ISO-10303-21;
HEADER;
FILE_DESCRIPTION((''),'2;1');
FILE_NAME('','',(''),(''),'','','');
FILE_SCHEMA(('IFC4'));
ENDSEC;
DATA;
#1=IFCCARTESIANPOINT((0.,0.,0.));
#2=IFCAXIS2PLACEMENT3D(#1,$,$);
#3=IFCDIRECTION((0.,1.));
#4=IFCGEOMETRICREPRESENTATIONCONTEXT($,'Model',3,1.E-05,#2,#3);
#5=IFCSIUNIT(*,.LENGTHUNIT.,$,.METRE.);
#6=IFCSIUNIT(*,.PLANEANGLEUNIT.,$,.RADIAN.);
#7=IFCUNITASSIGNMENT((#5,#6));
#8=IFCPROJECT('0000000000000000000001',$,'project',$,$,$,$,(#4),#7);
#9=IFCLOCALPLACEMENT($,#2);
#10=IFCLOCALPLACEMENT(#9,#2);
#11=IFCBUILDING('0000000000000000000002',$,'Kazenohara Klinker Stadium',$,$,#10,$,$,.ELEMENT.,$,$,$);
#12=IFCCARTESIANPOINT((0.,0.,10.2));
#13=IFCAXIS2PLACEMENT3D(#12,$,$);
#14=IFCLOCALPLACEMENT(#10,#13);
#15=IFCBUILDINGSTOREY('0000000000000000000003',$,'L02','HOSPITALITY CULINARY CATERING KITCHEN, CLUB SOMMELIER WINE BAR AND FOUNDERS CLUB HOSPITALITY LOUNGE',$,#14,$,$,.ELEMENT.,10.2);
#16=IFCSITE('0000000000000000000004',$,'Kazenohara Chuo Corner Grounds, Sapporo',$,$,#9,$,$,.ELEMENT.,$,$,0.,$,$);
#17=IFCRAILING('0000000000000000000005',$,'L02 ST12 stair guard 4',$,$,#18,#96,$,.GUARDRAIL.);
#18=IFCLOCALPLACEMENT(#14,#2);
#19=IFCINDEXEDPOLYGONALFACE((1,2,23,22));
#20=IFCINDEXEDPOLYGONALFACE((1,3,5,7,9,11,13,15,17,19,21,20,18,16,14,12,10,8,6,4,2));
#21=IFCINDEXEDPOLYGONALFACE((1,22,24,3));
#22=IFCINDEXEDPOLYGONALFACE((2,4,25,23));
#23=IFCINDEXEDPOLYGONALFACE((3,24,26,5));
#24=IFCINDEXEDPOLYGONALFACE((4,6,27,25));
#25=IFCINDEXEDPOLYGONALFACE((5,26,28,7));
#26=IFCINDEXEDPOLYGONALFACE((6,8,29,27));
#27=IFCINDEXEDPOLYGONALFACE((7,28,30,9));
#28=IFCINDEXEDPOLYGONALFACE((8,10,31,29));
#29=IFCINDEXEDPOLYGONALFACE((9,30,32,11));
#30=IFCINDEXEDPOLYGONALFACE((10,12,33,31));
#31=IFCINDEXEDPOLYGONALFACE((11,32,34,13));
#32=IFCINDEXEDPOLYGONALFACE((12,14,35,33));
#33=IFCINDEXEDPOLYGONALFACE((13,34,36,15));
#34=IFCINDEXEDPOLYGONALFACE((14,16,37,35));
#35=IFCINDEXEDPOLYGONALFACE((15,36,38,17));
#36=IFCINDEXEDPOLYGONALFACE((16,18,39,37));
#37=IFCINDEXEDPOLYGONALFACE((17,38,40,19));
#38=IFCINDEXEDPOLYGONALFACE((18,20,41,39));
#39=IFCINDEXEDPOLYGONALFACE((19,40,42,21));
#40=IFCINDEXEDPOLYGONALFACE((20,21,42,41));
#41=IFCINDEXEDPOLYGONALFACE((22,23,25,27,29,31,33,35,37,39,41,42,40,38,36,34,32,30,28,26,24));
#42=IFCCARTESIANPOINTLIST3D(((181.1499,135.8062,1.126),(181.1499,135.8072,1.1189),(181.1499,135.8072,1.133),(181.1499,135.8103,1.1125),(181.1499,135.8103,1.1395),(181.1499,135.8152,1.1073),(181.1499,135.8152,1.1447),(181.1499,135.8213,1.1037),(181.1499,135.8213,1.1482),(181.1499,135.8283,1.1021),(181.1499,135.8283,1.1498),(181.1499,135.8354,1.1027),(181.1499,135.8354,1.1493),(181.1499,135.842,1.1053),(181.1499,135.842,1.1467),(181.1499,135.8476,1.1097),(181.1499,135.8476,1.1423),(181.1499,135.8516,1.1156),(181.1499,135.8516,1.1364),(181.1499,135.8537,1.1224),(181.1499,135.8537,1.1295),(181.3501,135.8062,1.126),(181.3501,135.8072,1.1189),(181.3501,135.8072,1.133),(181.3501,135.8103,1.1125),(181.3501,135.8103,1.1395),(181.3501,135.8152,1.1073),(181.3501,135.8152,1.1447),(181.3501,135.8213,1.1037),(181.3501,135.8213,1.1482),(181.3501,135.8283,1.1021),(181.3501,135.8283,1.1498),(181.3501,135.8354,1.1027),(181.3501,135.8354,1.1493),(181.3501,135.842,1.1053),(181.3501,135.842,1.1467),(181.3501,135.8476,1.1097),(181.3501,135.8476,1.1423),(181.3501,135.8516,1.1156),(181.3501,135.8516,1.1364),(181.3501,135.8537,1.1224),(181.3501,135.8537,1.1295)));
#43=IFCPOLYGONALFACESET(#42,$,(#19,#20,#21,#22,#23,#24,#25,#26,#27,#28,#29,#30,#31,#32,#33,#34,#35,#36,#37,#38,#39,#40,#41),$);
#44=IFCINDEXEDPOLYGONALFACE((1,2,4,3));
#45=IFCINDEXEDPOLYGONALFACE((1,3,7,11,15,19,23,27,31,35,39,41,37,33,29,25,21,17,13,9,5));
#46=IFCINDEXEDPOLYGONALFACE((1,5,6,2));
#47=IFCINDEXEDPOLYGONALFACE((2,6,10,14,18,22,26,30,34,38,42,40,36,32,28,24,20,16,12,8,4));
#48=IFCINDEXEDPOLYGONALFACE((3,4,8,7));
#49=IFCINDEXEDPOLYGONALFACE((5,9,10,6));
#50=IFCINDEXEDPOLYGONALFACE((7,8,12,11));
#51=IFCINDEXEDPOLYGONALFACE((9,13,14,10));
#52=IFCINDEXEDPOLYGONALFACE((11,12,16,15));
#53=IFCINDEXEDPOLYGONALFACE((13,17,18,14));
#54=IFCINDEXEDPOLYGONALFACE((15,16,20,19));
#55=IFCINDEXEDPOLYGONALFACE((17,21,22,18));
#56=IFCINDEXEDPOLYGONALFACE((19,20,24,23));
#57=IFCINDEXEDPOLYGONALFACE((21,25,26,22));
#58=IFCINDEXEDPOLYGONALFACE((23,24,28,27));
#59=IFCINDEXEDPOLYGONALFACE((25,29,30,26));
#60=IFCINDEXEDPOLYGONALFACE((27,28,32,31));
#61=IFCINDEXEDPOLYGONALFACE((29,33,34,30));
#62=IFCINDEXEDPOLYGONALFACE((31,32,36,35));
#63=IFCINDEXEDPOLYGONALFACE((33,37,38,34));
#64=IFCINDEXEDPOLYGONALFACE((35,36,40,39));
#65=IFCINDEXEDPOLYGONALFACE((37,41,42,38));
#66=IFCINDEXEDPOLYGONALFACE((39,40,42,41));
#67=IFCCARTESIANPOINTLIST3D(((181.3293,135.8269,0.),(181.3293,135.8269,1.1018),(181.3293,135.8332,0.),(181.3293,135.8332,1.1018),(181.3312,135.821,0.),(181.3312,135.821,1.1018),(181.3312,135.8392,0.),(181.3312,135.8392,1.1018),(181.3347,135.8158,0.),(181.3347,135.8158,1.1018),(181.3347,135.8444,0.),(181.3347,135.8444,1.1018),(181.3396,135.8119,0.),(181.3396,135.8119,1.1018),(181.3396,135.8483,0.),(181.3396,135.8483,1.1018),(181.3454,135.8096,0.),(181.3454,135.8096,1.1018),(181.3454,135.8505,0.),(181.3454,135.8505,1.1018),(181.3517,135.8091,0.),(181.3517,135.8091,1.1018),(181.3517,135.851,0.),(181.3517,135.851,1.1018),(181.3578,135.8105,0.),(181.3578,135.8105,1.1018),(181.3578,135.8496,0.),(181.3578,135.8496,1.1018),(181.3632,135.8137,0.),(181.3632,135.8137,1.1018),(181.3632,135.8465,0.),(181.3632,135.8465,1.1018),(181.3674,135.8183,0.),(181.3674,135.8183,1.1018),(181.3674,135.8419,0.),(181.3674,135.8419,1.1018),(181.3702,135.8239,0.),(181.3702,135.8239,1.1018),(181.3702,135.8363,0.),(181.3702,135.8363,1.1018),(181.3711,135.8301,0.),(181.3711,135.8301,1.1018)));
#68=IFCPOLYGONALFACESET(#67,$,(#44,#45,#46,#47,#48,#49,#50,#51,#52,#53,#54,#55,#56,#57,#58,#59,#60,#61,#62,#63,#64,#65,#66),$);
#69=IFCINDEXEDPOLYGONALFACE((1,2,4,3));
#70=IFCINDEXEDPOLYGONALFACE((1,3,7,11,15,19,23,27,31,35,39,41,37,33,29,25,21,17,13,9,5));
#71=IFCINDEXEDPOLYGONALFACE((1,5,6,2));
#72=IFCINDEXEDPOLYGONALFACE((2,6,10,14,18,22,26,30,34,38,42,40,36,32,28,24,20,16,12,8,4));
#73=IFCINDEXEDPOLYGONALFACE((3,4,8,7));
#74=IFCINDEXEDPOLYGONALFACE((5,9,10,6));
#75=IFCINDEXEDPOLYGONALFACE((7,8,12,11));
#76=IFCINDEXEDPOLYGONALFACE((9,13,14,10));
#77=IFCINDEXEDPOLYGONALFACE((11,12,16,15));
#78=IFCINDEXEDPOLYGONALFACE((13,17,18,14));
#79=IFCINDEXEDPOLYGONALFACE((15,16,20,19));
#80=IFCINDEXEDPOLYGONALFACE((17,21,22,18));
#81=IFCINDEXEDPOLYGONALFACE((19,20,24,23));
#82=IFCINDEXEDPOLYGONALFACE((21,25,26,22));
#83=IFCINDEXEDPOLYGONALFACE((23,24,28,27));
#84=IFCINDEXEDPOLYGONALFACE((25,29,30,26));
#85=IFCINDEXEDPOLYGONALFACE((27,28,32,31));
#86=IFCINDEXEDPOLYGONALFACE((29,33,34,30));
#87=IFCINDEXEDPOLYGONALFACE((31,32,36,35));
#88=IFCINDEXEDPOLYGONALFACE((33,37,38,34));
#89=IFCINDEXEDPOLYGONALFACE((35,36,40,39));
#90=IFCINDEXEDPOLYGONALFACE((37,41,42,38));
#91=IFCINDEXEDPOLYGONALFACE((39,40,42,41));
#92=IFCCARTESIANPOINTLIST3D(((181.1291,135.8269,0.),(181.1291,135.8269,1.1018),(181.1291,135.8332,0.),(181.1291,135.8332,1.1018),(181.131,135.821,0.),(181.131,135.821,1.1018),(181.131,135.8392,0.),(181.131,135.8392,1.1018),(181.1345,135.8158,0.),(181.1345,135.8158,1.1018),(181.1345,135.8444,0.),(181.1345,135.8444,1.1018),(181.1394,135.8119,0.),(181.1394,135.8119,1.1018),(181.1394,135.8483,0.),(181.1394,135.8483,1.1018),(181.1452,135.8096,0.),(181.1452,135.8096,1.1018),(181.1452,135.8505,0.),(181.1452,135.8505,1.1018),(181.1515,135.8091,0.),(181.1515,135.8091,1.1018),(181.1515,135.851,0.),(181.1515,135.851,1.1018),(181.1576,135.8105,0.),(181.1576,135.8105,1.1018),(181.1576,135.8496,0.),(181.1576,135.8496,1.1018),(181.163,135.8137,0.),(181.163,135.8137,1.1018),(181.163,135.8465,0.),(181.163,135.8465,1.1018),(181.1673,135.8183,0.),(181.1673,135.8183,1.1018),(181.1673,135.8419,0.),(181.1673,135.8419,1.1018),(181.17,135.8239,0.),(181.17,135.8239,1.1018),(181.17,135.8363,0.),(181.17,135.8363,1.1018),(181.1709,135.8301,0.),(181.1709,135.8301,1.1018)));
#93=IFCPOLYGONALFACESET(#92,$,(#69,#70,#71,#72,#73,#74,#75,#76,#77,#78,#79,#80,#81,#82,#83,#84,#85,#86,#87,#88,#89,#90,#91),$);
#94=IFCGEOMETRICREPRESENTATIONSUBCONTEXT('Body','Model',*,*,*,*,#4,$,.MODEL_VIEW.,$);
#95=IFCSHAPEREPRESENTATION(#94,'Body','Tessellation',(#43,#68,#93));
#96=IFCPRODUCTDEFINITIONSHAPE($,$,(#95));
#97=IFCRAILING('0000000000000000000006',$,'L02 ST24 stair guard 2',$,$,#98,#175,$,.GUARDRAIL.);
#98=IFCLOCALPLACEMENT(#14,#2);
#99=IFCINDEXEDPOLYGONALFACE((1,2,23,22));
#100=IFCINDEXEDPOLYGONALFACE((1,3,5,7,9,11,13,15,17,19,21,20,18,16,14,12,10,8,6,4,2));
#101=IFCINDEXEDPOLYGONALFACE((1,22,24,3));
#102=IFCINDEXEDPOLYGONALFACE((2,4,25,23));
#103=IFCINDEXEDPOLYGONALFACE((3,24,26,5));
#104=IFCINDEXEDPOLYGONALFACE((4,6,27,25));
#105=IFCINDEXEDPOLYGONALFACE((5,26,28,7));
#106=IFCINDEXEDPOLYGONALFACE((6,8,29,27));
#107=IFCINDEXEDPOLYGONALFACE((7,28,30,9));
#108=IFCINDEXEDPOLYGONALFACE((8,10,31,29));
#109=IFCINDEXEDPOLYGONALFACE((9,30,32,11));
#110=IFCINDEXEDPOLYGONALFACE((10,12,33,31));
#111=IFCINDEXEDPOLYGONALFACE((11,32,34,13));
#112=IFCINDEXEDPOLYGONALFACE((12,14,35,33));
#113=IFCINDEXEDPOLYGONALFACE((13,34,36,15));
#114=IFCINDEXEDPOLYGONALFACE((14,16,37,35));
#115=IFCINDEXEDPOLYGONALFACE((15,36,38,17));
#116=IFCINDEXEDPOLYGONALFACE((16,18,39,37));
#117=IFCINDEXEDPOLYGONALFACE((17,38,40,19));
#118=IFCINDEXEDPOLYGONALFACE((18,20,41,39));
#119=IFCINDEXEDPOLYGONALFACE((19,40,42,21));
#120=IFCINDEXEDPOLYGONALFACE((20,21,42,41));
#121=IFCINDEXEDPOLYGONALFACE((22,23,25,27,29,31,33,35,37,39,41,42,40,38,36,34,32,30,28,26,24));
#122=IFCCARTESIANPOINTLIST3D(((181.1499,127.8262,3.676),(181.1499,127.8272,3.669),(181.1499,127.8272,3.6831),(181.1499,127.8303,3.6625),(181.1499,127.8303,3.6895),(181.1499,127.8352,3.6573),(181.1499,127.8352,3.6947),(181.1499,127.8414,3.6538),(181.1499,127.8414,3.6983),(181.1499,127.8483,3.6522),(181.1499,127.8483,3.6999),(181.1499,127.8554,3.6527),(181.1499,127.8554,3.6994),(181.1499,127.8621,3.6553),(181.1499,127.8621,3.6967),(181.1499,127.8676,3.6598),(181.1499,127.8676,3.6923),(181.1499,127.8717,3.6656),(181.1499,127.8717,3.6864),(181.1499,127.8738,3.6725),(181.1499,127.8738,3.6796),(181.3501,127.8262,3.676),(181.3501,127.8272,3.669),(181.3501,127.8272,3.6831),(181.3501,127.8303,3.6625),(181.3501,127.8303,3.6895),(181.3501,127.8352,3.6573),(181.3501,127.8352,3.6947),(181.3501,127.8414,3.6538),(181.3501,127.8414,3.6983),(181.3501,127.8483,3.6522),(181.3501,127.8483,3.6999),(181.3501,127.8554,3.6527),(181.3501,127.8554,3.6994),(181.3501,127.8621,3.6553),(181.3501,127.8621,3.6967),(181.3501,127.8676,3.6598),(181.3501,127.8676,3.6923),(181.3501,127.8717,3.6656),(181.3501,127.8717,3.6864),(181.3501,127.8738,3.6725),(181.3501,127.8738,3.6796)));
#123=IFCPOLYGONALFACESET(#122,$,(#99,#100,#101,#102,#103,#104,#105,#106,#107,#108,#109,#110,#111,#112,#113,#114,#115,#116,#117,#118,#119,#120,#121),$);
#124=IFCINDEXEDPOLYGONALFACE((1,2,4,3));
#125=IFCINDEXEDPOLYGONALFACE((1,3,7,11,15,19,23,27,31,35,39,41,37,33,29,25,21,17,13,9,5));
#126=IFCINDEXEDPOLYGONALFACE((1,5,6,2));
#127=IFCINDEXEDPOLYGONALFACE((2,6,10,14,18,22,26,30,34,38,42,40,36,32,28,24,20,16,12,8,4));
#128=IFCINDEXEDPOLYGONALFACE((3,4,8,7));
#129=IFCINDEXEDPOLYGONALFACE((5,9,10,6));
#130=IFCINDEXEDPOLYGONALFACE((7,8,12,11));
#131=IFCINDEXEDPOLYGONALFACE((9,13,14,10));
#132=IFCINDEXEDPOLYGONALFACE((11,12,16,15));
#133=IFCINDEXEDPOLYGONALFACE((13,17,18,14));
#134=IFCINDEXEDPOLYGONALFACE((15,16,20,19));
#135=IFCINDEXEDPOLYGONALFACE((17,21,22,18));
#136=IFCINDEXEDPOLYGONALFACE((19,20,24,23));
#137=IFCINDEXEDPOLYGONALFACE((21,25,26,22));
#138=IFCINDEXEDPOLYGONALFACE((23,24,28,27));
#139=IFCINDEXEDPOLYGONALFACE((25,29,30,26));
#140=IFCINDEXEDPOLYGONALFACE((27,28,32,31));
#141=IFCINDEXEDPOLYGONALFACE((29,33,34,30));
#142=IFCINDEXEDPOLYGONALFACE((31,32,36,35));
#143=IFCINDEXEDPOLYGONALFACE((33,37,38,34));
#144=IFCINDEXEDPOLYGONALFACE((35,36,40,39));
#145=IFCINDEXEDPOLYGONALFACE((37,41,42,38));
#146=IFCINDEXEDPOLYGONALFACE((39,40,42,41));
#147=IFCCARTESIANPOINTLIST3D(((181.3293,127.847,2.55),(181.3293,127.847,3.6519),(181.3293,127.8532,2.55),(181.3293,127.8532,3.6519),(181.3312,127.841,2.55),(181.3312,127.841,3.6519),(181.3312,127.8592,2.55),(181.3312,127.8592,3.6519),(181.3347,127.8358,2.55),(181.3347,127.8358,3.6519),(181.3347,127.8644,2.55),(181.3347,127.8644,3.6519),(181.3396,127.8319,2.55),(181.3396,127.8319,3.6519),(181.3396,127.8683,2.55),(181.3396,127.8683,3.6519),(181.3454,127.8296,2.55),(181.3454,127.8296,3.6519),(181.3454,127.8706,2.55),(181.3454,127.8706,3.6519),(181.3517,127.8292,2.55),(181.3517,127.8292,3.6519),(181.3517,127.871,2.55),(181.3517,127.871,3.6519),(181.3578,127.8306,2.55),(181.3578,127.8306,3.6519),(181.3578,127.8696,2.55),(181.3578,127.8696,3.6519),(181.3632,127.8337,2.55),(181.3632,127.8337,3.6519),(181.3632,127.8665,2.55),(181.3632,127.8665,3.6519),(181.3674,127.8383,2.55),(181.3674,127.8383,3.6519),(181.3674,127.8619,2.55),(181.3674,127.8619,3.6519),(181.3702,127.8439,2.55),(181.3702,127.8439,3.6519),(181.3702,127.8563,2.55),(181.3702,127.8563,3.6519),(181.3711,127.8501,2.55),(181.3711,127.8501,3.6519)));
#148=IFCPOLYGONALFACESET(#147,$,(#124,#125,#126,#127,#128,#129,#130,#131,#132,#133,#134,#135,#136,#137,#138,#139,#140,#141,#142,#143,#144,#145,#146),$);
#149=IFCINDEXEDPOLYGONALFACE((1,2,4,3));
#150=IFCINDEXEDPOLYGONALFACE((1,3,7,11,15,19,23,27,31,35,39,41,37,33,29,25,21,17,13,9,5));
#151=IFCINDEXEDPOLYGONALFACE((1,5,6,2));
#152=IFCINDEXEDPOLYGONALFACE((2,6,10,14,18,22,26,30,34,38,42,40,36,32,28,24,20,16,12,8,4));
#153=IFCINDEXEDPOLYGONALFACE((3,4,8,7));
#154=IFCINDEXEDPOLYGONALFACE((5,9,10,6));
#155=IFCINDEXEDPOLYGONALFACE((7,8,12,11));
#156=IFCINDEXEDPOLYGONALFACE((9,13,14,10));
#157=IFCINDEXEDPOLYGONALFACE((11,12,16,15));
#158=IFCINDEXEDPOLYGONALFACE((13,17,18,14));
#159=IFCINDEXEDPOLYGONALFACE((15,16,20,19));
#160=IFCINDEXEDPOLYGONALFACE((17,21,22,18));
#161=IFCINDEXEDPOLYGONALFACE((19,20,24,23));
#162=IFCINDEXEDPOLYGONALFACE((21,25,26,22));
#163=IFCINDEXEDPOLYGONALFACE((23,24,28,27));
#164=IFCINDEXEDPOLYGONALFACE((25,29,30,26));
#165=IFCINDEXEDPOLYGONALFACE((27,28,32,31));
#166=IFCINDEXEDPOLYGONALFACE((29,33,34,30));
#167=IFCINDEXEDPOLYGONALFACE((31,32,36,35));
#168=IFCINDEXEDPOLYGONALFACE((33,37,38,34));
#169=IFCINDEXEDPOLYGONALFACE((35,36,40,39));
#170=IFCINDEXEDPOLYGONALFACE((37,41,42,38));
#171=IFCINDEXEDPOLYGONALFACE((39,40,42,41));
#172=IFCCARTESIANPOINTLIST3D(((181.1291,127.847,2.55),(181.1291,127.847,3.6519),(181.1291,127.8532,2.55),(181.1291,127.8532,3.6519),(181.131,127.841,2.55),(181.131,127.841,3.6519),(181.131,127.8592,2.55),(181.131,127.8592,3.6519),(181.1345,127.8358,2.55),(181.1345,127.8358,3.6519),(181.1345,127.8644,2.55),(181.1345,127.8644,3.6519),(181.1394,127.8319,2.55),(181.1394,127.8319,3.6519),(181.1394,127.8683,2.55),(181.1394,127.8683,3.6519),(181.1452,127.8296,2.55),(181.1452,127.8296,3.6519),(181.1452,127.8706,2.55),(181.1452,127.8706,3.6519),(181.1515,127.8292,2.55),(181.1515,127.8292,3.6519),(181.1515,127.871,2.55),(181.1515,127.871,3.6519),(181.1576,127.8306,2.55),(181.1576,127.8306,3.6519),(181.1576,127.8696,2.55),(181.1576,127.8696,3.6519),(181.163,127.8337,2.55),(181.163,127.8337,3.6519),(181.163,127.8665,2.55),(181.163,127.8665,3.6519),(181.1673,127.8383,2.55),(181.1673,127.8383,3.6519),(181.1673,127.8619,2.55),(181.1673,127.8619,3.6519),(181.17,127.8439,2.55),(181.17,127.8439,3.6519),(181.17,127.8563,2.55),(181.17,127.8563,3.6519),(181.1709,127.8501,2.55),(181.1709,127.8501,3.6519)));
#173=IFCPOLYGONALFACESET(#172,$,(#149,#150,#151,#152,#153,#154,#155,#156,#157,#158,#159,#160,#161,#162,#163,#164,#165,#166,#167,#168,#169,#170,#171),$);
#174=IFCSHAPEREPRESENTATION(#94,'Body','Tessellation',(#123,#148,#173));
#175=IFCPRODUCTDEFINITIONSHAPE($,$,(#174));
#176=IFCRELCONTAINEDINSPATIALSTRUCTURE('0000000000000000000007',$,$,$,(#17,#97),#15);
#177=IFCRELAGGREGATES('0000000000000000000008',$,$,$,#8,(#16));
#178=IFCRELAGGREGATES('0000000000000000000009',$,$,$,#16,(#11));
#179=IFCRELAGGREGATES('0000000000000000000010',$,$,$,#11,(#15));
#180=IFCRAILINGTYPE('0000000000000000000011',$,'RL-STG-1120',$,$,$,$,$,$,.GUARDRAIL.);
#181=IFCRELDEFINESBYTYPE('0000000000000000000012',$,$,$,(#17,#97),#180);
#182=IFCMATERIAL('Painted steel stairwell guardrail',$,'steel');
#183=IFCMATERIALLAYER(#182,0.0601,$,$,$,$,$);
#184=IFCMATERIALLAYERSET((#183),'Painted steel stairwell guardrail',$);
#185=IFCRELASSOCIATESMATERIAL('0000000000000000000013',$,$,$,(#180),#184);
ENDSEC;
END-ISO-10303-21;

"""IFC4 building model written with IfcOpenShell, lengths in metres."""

from ifc_helpers import new_model, si_unit, direction, frame, origin, origin_2d, place, context, subcontext, project, spatial, circle, extrude, material, layer, layer_set, type_object, element, save


model = new_model("IFC4")

# Units and contexts
model_context = context("Model", 3, precision=1e-05, world=origin(), true_north=direction((0.0, 1.0)))
body_context = subcontext(model_context, "Body", "Model", "MODEL_VIEW")
ifc_project = project(units=[si_unit("LENGTHUNIT", "METRE"), si_unit("PLANEANGLEUNIT", "RADIAN")], contexts=[model_context])

# Site, building, storey
site_placement = place(None, origin())
site = spatial("IfcSite", under=ifc_project, at=site_placement, Name="Kazenohara Chuo Corner Grounds, Sapporo", CompositionType="ELEMENT", RefElevation=0.0)
building_placement = place(site_placement, origin())
building = spatial("IfcBuilding", under=site, at=building_placement, Name="Kazenohara Klinker Stadium", CompositionType="ELEMENT")
storey_placement = place(building_placement, frame((0.0, 0.0, 10.2)))
storey = spatial("IfcBuildingStorey", under=building, at=storey_placement, Name="L02", Description="HOSPITALITY CULINARY CATERING KITCHEN, CLUB SOMMELIER WINE BAR AND FOUNDERS CLUB HOSPITALITY LOUNGE", CompositionType="ELEMENT", Elevation=10.2)

# Railings
ifc_material_1 = material(Name="Painted steel stairwell guardrail", Category="steel")
ifc_layer_1 = layer(ifc_material_1, 0.0601)
ifc_layer_set_1 = layer_set([ifc_layer_1], Name="Painted steel stairwell guardrail")
railing_type_1 = type_object("IfcRailingType", Name="RL-STG-1120", PredefinedType="GUARDRAIL", material=ifc_layer_set_1)
for number, where, name in (
    (1, (181.3501, 135.8301, 0.0), "L02 ST12 stair guard 4"),
    (2, (181.3501, 127.8501, 2.55), "L02 ST24 stair guard 2"),
):
    element("IfcRailing", number, at=place(storey_placement, frame(where)), inside=storey, type_object=railing_type_1, Name=name, PredefinedType="GUARDRAIL", context=body_context, shape_type="SweptSolid", body=[
        extrude(circle(Radius=0.0239, at=origin_2d()), frame((0.0, 0.0, 1.126), z_axis=(-1.0, 0.0, 0.0), x_axis=(0.0, -1.0, 0.0)), (0.0, 0.0, 1.0), 0.2002),
        extrude(circle(Radius=0.021, at=origin_2d()), origin(), (0.0, 0.0, 1.0), 1.1018),
        extrude(circle(Radius=0.021, at=origin_2d()), frame((-0.2002, 0.0, 0.0)), (0.0, 0.0, 1.0), 1.1018),
    ])

save(model, "model.ifc")
